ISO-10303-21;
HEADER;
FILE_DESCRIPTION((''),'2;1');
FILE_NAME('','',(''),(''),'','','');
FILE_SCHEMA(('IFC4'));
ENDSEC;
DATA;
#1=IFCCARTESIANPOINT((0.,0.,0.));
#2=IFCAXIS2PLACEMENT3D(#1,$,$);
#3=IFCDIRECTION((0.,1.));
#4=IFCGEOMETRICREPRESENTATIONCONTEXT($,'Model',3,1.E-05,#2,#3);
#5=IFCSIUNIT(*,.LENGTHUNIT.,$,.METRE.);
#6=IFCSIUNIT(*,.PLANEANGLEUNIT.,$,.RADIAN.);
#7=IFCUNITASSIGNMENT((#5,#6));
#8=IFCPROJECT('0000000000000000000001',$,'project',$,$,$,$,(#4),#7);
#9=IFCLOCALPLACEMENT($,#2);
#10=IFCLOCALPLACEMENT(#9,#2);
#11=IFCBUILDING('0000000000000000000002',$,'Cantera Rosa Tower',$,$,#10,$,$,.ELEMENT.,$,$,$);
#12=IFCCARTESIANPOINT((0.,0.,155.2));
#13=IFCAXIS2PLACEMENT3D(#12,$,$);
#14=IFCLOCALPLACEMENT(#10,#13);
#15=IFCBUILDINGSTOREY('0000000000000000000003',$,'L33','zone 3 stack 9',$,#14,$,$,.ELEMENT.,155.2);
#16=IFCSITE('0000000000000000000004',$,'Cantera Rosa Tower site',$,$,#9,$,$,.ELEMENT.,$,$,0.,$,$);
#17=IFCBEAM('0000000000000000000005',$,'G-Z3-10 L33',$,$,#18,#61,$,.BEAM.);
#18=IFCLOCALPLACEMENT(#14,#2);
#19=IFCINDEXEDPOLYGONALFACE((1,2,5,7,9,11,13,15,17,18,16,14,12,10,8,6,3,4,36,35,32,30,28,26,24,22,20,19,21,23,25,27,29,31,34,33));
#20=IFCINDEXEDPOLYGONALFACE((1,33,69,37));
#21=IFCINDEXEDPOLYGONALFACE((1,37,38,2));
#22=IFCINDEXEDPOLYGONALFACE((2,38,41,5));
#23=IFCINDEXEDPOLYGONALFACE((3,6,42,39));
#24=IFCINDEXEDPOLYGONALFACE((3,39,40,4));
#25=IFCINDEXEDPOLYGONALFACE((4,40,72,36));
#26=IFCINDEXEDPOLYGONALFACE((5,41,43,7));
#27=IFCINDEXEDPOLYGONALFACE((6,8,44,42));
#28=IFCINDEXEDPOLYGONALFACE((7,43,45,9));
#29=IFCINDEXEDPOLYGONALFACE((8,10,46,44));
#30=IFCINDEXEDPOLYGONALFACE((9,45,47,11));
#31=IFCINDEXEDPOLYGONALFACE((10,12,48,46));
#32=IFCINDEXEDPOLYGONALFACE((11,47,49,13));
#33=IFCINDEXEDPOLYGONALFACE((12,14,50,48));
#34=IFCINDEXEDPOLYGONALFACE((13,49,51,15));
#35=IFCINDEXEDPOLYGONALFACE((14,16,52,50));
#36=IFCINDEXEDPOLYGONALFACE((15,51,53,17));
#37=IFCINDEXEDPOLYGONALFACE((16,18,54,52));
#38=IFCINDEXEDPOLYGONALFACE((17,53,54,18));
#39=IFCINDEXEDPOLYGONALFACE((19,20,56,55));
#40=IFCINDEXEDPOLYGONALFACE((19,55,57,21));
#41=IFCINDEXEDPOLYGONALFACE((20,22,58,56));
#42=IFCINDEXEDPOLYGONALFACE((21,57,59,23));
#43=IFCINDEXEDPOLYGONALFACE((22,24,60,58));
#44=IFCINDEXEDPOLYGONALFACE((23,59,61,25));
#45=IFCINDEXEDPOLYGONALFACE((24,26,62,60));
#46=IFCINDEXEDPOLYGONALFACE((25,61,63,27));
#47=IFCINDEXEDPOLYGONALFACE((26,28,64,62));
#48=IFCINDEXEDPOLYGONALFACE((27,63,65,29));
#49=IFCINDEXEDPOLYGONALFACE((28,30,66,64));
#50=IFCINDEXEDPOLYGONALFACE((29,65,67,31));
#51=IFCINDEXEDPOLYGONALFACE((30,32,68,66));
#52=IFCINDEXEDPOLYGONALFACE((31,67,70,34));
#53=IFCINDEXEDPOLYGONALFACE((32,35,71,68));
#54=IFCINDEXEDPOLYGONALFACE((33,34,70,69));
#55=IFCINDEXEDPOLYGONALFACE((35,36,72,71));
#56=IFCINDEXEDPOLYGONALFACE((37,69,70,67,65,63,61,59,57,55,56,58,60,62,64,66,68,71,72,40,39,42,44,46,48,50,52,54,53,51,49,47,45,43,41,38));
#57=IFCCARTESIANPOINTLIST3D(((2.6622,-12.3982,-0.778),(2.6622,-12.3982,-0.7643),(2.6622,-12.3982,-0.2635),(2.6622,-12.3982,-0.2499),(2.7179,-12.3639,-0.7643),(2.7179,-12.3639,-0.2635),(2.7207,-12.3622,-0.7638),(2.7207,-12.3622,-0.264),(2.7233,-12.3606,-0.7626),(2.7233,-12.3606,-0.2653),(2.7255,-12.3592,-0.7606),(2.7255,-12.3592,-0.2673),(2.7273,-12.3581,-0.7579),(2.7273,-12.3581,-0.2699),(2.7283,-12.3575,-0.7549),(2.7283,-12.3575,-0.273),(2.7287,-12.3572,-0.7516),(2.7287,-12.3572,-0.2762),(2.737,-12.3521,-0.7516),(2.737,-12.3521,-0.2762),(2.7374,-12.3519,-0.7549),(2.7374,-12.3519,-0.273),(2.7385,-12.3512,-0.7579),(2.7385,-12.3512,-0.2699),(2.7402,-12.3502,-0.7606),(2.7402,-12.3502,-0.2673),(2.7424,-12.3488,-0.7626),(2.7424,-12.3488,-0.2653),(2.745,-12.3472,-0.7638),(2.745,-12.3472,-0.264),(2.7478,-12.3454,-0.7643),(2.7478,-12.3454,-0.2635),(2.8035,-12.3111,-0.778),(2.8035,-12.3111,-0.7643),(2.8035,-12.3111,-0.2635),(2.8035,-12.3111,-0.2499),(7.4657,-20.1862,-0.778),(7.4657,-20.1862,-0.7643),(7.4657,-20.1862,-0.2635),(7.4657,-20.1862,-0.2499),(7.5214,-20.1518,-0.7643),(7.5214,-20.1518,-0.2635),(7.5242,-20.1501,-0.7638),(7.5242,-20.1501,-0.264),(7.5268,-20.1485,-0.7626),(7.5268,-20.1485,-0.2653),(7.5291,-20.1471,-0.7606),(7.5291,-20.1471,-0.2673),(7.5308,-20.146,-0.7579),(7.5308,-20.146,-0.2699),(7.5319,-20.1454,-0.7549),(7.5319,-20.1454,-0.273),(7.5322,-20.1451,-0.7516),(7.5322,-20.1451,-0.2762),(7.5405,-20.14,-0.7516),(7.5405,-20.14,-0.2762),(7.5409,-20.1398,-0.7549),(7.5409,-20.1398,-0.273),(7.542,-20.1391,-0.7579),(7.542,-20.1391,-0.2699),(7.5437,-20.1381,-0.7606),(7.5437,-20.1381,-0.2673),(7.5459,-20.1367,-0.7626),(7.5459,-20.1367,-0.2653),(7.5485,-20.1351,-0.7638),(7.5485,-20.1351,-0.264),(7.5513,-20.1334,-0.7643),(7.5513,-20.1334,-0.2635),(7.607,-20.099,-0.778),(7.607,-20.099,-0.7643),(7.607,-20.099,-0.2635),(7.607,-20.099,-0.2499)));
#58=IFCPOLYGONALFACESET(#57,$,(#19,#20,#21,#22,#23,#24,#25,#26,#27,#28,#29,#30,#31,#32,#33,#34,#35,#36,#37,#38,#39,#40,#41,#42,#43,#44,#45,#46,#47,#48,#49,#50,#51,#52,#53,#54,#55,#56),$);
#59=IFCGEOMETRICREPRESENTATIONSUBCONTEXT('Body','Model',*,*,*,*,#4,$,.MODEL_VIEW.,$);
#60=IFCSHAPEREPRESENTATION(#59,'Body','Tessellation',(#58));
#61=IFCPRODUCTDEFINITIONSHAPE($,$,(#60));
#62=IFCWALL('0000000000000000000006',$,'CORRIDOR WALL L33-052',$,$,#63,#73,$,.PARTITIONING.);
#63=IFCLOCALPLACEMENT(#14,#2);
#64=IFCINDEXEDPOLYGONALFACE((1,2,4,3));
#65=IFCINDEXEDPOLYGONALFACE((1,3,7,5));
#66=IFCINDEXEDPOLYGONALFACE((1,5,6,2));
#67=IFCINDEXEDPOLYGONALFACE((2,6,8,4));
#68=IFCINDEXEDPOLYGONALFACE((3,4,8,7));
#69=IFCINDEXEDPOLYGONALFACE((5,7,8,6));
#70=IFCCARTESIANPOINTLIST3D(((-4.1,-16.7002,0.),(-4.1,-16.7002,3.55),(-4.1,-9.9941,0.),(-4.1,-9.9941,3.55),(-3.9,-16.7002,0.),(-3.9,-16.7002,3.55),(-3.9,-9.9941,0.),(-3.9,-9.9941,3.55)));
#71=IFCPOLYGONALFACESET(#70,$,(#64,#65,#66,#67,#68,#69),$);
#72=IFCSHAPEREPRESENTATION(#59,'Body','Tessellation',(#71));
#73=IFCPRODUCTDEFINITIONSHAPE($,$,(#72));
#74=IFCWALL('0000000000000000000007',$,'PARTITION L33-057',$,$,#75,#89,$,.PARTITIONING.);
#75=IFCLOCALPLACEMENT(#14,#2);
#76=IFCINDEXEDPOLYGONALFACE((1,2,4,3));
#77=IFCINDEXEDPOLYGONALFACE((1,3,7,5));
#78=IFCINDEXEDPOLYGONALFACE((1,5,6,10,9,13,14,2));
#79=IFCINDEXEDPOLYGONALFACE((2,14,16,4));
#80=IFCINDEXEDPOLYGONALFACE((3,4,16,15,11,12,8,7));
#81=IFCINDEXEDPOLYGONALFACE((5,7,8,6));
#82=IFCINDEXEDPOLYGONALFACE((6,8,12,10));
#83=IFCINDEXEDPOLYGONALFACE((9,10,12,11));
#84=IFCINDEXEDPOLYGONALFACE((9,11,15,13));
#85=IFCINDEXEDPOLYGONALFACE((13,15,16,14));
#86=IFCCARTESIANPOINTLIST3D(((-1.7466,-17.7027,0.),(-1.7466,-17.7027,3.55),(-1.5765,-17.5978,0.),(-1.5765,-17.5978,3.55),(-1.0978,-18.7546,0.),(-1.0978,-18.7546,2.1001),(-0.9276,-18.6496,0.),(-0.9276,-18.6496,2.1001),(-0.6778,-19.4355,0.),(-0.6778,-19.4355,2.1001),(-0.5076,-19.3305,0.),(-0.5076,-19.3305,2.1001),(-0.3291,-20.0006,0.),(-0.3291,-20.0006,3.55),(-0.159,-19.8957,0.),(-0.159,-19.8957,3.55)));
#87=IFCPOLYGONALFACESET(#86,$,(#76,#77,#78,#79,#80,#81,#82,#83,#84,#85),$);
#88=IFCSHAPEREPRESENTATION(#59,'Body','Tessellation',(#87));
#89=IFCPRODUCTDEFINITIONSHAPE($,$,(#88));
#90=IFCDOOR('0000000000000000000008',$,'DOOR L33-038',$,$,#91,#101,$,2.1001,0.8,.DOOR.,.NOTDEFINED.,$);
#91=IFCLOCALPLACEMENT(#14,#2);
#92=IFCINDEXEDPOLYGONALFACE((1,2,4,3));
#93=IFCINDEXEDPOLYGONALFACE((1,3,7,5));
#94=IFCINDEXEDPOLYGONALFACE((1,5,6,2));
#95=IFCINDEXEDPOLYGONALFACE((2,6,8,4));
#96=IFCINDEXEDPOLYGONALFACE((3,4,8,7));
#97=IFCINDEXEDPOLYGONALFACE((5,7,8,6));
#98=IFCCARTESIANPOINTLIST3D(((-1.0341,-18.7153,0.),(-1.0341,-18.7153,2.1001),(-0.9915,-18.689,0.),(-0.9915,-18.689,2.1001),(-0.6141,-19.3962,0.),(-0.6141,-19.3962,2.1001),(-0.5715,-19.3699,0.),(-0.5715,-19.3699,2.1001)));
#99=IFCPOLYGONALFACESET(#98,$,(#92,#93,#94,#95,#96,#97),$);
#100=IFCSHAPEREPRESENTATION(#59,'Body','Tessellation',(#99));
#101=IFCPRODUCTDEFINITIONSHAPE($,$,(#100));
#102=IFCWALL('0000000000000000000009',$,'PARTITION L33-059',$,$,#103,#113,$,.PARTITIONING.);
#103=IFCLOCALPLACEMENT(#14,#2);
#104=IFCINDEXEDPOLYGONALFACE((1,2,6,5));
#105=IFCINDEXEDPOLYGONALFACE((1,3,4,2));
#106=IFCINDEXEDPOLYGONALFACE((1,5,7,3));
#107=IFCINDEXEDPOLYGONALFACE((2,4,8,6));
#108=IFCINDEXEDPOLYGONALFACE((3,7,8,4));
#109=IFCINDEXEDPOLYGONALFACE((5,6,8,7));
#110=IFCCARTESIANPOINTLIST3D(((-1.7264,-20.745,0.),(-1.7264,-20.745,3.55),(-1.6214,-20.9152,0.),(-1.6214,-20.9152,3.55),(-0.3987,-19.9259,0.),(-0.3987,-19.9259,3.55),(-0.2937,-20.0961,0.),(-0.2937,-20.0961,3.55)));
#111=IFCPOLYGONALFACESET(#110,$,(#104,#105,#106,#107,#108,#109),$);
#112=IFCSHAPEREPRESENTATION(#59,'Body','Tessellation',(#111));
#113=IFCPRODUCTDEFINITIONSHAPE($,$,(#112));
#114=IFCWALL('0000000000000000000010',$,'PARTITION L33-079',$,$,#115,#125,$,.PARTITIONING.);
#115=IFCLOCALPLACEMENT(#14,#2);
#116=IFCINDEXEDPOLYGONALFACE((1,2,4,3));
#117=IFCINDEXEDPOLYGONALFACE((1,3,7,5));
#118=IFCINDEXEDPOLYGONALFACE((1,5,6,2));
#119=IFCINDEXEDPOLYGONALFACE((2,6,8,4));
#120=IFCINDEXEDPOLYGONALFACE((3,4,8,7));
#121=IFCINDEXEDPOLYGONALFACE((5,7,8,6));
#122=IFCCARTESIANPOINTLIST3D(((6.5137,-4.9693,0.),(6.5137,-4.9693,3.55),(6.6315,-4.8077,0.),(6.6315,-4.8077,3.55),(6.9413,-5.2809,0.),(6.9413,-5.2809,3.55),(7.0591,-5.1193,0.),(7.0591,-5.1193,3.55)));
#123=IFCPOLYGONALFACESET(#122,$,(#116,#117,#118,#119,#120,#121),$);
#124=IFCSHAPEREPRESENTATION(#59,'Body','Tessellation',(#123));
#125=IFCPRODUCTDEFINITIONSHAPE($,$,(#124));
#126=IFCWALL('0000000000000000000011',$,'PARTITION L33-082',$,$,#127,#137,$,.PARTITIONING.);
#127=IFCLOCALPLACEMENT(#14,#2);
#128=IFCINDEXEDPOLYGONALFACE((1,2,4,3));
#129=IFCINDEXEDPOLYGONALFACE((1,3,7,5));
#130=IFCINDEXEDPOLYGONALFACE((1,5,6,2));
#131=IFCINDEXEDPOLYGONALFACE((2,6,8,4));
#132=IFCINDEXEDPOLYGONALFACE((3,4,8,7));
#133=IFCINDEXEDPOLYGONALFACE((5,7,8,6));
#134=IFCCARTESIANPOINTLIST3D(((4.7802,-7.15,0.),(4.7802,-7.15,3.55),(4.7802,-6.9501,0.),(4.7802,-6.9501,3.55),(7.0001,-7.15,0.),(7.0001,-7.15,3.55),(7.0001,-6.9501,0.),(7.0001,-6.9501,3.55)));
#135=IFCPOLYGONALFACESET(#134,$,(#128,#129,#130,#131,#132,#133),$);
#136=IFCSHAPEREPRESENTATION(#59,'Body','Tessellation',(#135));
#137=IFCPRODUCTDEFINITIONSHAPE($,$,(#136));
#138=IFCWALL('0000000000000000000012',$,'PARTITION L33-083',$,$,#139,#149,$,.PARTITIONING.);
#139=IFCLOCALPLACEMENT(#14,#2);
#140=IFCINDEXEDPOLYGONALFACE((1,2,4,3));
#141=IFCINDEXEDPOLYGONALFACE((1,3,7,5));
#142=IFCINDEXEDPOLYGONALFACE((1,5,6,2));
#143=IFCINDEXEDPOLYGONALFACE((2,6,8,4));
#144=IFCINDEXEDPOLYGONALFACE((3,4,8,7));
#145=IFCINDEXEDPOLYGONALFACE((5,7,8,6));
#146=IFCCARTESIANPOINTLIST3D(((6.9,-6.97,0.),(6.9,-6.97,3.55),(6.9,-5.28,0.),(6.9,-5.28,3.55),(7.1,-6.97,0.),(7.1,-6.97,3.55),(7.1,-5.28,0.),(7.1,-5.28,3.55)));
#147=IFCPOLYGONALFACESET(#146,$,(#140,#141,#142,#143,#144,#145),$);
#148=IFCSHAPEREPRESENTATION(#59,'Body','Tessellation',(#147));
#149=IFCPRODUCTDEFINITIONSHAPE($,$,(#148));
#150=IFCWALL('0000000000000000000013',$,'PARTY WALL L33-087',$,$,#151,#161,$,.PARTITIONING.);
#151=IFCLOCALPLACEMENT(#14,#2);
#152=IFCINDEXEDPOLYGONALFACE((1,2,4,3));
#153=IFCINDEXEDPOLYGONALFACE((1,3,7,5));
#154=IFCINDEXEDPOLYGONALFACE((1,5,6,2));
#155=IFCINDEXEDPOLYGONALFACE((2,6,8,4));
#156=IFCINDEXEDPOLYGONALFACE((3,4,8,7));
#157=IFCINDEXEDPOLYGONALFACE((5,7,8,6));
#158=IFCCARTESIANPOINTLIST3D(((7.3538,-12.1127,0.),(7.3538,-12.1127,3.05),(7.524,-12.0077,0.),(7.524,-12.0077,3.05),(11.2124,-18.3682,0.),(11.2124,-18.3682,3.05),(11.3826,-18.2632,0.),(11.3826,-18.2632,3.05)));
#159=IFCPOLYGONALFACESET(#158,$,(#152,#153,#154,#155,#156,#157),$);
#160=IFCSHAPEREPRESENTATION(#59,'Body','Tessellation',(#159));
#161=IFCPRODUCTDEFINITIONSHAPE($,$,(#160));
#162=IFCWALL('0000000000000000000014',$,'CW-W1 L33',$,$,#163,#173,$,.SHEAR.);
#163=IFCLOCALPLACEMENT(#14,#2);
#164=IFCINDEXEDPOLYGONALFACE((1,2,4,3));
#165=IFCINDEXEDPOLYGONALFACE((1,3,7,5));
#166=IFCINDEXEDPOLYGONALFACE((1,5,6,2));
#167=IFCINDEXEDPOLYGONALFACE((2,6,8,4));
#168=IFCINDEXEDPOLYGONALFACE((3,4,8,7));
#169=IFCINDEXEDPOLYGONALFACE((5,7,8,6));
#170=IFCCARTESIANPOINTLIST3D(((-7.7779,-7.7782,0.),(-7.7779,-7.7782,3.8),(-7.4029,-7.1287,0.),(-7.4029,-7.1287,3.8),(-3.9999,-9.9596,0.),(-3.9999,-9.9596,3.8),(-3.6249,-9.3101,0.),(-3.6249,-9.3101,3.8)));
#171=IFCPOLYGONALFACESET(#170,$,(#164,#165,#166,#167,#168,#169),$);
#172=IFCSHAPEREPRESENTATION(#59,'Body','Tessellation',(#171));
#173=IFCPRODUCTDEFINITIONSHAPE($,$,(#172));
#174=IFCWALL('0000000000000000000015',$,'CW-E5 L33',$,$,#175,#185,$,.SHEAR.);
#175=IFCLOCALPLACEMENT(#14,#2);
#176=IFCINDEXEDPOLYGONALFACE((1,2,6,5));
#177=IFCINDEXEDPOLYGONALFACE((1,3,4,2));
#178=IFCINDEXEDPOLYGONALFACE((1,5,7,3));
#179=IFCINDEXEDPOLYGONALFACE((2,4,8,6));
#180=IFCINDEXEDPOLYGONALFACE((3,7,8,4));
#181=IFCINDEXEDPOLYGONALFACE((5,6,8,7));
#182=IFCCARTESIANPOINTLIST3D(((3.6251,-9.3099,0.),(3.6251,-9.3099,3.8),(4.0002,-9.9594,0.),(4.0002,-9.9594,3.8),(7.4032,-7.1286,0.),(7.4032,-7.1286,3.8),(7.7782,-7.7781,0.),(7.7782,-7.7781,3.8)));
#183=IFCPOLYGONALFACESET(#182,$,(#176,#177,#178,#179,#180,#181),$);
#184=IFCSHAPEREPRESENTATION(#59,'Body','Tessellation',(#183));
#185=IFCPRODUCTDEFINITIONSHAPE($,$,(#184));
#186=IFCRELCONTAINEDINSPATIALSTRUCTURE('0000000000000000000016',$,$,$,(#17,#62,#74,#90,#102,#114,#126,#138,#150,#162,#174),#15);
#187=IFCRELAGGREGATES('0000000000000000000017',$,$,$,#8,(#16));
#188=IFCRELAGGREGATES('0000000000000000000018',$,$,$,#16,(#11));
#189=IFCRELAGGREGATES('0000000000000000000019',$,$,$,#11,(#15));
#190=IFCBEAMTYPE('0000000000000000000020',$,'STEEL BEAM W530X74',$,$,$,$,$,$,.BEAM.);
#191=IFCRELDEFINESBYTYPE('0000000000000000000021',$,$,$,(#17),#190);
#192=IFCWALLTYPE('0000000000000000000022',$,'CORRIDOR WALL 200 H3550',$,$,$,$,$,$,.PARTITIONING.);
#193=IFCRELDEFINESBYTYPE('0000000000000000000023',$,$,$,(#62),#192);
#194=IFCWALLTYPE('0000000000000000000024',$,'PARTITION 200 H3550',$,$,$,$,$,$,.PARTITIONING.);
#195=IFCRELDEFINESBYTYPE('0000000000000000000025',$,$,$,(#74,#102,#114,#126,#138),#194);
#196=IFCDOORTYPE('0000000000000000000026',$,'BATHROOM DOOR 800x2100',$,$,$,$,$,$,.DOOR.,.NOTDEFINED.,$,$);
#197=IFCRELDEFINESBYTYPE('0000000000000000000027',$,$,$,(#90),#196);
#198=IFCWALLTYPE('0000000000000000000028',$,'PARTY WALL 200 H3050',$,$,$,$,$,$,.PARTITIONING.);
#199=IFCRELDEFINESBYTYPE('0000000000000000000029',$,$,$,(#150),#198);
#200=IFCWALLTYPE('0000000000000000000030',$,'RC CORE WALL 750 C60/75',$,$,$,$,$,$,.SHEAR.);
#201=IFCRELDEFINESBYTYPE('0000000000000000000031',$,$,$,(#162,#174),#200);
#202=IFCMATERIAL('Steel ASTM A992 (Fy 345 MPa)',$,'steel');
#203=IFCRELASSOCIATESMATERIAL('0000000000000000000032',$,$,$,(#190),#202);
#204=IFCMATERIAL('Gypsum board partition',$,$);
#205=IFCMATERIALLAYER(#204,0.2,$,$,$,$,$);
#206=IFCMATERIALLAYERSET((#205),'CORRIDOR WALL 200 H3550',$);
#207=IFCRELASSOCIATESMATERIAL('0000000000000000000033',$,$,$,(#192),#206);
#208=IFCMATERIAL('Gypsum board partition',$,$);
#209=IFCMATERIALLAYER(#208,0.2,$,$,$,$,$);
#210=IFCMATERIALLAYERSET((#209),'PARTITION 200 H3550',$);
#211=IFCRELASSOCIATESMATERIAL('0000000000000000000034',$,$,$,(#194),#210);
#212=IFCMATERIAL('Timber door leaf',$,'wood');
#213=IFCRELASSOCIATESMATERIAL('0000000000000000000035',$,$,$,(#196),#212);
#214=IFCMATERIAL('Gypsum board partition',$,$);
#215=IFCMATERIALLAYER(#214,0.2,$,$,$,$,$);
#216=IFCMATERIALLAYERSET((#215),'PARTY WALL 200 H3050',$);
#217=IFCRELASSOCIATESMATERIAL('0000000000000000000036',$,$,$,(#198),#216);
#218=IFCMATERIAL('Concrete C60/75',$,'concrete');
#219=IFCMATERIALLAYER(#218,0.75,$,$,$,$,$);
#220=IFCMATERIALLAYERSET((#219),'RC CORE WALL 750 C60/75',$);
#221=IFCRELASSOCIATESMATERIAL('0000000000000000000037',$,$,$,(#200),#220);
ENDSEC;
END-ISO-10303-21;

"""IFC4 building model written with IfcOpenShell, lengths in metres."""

from ifc_helpers import new_model, si_unit, direction, frame, frame_2d, origin, origin_2d, place, context, subcontext, project, spatial, rectangle, i_section, extrude, material, layer, layer_set, material_profile, profile_set, type_object, element, fill, save


model = new_model("IFC4")

# Units and contexts
model_context = context("Model", 3, precision=1e-05, world=origin(), true_north=direction((0.0, 1.0)))
body_context = subcontext(model_context, "Body", "Model", "MODEL_VIEW")
ifc_project = project(units=[si_unit("LENGTHUNIT", "METRE"), si_unit("PLANEANGLEUNIT", "RADIAN")], contexts=[model_context])

# Site, building, storey
site_placement = place(None, origin())
site = spatial("IfcSite", under=ifc_project, at=site_placement, Name="Cantera Rosa Tower site", CompositionType="ELEMENT", RefElevation=0.0)
building_placement = place(site_placement, origin())
building = spatial("IfcBuilding", under=site, at=building_placement, Name="Cantera Rosa Tower", CompositionType="ELEMENT")
storey_placement = place(building_placement, frame((0.0, 0.0, 155.2)))
storey = spatial("IfcBuildingStorey", under=building, at=storey_placement, Name="L33", Description="zone 3 stack 9", CompositionType="ELEMENT", Elevation=155.2)

# Beam
ifc_material_1 = material(Name="Steel ASTM A992 (Fy 345 MPa)", Category="steel")
ifc_material_profile = material_profile(ifc_material_1, i_section(OverallWidth=0.166, OverallDepth=0.5281, WebThickness=0.0098, FlangeThickness=0.0137, FilletRadius=0.0127, at=origin_2d()), Name="W530X74")
ifc_profile_set = profile_set([ifc_material_profile], Name="Steel ASTM A992 (Fy 345 MPa)")
beam_type = type_object("IfcBeamType", Name="STEEL BEAM W530X74", PredefinedType="BEAM", material=ifc_profile_set)
beam_placement = place(storey_placement, frame((7.5364, -20.1426, -0.5139), z_axis=(-0.524965, 0.851124, 0.0), x_axis=(-0.851124, -0.524965, 0.0)))
element("IfcBeam", 1, at=beam_placement, inside=storey, type_object=beam_type, Name="G-Z3-10 L33", PredefinedType="BEAM", context=body_context, shape_type="SweptSolid", body=[
    extrude(i_section(OverallWidth=0.166, OverallDepth=0.5281, WebThickness=0.0098, FlangeThickness=0.0137, FilletRadius=0.0127, at=origin_2d()), origin(), (0.0, 0.0, 1.0), 9.1501),
])

# Wall
ifc_material_2 = material(Name="Gypsum board partition")
ifc_layer_1 = layer(ifc_material_2, 0.2)
ifc_layer_set_1 = layer_set([ifc_layer_1], Name="CORRIDOR WALL 200 H3550")
wall_type_1 = type_object("IfcWallType", Name="CORRIDOR WALL 200 H3550", PredefinedType="PARTITIONING", material=ifc_layer_set_1)
wall_1_placement = place(storey_placement, frame((-4.0, -9.9941, 0.0), z_axis=(0.0, 0.0, 1.0), x_axis=(0.0, -1.0, 0.0)))
element("IfcWall", 2, at=wall_1_placement, inside=storey, type_object=wall_type_1, Name="CORRIDOR WALL L33-052", PredefinedType="PARTITIONING", context=body_context, shape_type="SweptSolid", body=[
    extrude(rectangle(XDim=6.7061, YDim=0.2, at=frame_2d((3.353, 0.0))), origin(), (0.0, 0.0, 1.0), 3.55),
])

# Wall, opening, door
ifc_material_3 = material(Name="Gypsum board partition")
ifc_layer_2 = layer(ifc_material_3, 0.2)
ifc_layer_set_2 = layer_set([ifc_layer_2], Name="PARTITION 200 H3550")
wall_type_2 = type_object("IfcWallType", Name="PARTITION 200 H3550", PredefinedType="PARTITIONING", material=ifc_layer_set_2)
wall_2_placement = place(storey_placement, frame((-1.6616, -17.6501, 0.0), z_axis=(0.0, 0.0, 1.0), x_axis=(0.525015, -0.851093, 0.0)))
wall_2 = element("IfcWall", 3, at=wall_2_placement, inside=storey, type_object=wall_type_2, Name="PARTITION L33-057", PredefinedType="PARTITIONING", context=body_context, shape_type="SweptSolid", body=[
    extrude(rectangle(XDim=2.7, YDim=0.2, at=frame_2d((1.3501, 0.0))), origin(), (0.0, 0.0, 1.0), 3.55),
])
opening_1_placement = place(wall_2_placement, frame((1.2361, 0.0, 0.0)))
opening_1 = element("IfcOpeningElement", 4, at=opening_1_placement, cuts=wall_2, PredefinedType="OPENING", context=body_context, shape_type="SweptSolid", body=[
    extrude(rectangle(XDim=0.8, YDim=2.1001, at=frame_2d((0.3999, 1.05))), frame((0.0, 0.1099, 0.0), z_axis=(0.0, -1.0, 0.0), x_axis=(1.0, 0.0, 0.0)), (0.0, 0.0, 1.0), 0.22),
])
ifc_material_4 = material(Name="Timber door leaf", Category="wood")
door_type_1 = type_object("IfcDoorType", Name="BATHROOM DOOR 800x2100", OperationType="NOTDEFINED", PredefinedType="DOOR", material=ifc_material_4)
door_1_placement = place(opening_1_placement, origin())
door_1 = element("IfcDoor", 5, at=door_1_placement, inside=storey, type_object=door_type_1, Name="DOOR L33-038", OperationType="NOTDEFINED", OverallHeight=2.1001, OverallWidth=0.8, PredefinedType="DOOR", context=body_context, shape_type="SweptSolid", body=[
    extrude(rectangle(XDim=0.8, YDim=2.1001, at=frame_2d((0.3999, 1.05))), frame((0.0, 0.0249, 0.0), z_axis=(0.0, -1.0, 0.0), x_axis=(1.0, 0.0, 0.0)), (0.0, 0.0, 1.0), 0.05),
])
fill(opening_1, door_1)

# Walls
wall_3_placement = place(storey_placement, frame((-0.3462, -20.011, 0.0), z_axis=(0.0, 0.0, 1.0), x_axis=(-0.851061, -0.525066, 0.0)))
element("IfcWall", 6, at=wall_3_placement, inside=storey, type_object=wall_type_2, Name="PARTITION L33-059", PredefinedType="PARTITIONING", context=body_context, shape_type="SweptSolid", body=[
    extrude(rectangle(XDim=1.5601, YDim=0.2, at=frame_2d((0.78, 0.0))), origin(), (0.0, 0.0, 1.0), 3.55),
])
wall_4_placement = place(storey_placement, frame((6.5725, -4.8884, 0.0), z_axis=(0.0, 0.0, 1.0), x_axis=(0.808177, -0.58894, 0.0)))
element("IfcWall", 7, at=wall_4_placement, inside=storey, type_object=wall_type_2, Name="PARTITION L33-079", PredefinedType="PARTITIONING", context=body_context, shape_type="SweptSolid", body=[
    extrude(rectangle(XDim=0.5291, YDim=0.2, at=frame_2d((0.2646, 0.0))), origin(), (0.0, 0.0, 1.0), 3.55),
])
wall_5_placement = place(storey_placement, frame((7.0, -7.05, 0.0), z_axis=(0.0, 0.0, 1.0), x_axis=(-1.0, 0.0, 0.0)))
element("IfcWall", 8, at=wall_5_placement, inside=storey, type_object=wall_type_2, Name="PARTITION L33-082", PredefinedType="PARTITIONING", context=body_context, shape_type="SweptSolid", body=[
    extrude(rectangle(XDim=2.22, YDim=0.2, at=frame_2d((1.1099, 0.0))), origin(), (0.0, 0.0, 1.0), 3.55),
])
wall_6_placement = place(storey_placement, frame((7.0, -5.28, 0.0), z_axis=(0.0, 0.0, 1.0), x_axis=(0.0, -1.0, 0.0)))
element("IfcWall", 9, at=wall_6_placement, inside=storey, type_object=wall_type_2, Name="PARTITION L33-083", PredefinedType="PARTITIONING", context=body_context, shape_type="SweptSolid", body=[
    extrude(rectangle(XDim=1.6899, YDim=0.2, at=frame_2d((0.845, 0.0))), origin(), (0.0, 0.0, 1.0), 3.55),
])
ifc_material_5 = material(Name="Gypsum board partition")
ifc_layer_3 = layer(ifc_material_5, 0.2)
ifc_layer_set_3 = layer_set([ifc_layer_3], Name="PARTY WALL 200 H3050")
wall_type_3 = type_object("IfcWallType", Name="PARTY WALL 200 H3050", PredefinedType="PARTITIONING", material=ifc_layer_set_3)
wall_7_placement = place(storey_placement, frame((7.439, -12.0603, 0.0), z_axis=(0.0, 0.0, 1.0), x_axis=(0.524989, -0.851109, 0.0)))
element("IfcWall", 10, at=wall_7_placement, inside=storey, type_object=wall_type_3, Name="PARTY WALL L33-087", PredefinedType="PARTITIONING", context=body_context, shape_type="SweptSolid", body=[
    extrude(rectangle(XDim=7.3499, YDim=0.2, at=frame_2d((3.6748, 0.0))), origin(), (0.0, 0.0, 1.0), 3.05),
])
ifc_material_6 = material(Name="Concrete C60/75", Category="concrete")
ifc_layer_4 = layer(ifc_material_6, 0.75)
ifc_layer_set_4 = layer_set([ifc_layer_4], Name="RC CORE WALL 750 C60/75")
wall_type_4 = type_object("IfcWallType", Name="RC CORE WALL 750 C60/75", PredefinedType="SHEAR", material=ifc_layer_set_4)
for number, where, z_axis, x_axis, name in (
    (11, (-3.8125, -9.6348, 0.0), (0.0, 0.0, 1.0), (-0.866013, 0.500021, 0.0), "CW-W1 L33"),
    (12, (7.5906, -7.4534, 0.0), (0.0, 0.0, 1.0), (-0.866013, -0.500021, 0.0), "CW-E5 L33"),
):
    element("IfcWall", number, at=place(storey_placement, frame(where, z_axis=z_axis, x_axis=x_axis)), inside=storey, type_object=wall_type_4, Name=name, PredefinedType="SHEAR", context=body_context, shape_type="SweptSolid", body=[
        extrude(rectangle(XDim=4.3625, YDim=0.75, at=frame_2d((2.1812, 0.0))), origin(), (0.0, 0.0, 1.0), 3.8),
    ])

save(model, "model.ifc")
